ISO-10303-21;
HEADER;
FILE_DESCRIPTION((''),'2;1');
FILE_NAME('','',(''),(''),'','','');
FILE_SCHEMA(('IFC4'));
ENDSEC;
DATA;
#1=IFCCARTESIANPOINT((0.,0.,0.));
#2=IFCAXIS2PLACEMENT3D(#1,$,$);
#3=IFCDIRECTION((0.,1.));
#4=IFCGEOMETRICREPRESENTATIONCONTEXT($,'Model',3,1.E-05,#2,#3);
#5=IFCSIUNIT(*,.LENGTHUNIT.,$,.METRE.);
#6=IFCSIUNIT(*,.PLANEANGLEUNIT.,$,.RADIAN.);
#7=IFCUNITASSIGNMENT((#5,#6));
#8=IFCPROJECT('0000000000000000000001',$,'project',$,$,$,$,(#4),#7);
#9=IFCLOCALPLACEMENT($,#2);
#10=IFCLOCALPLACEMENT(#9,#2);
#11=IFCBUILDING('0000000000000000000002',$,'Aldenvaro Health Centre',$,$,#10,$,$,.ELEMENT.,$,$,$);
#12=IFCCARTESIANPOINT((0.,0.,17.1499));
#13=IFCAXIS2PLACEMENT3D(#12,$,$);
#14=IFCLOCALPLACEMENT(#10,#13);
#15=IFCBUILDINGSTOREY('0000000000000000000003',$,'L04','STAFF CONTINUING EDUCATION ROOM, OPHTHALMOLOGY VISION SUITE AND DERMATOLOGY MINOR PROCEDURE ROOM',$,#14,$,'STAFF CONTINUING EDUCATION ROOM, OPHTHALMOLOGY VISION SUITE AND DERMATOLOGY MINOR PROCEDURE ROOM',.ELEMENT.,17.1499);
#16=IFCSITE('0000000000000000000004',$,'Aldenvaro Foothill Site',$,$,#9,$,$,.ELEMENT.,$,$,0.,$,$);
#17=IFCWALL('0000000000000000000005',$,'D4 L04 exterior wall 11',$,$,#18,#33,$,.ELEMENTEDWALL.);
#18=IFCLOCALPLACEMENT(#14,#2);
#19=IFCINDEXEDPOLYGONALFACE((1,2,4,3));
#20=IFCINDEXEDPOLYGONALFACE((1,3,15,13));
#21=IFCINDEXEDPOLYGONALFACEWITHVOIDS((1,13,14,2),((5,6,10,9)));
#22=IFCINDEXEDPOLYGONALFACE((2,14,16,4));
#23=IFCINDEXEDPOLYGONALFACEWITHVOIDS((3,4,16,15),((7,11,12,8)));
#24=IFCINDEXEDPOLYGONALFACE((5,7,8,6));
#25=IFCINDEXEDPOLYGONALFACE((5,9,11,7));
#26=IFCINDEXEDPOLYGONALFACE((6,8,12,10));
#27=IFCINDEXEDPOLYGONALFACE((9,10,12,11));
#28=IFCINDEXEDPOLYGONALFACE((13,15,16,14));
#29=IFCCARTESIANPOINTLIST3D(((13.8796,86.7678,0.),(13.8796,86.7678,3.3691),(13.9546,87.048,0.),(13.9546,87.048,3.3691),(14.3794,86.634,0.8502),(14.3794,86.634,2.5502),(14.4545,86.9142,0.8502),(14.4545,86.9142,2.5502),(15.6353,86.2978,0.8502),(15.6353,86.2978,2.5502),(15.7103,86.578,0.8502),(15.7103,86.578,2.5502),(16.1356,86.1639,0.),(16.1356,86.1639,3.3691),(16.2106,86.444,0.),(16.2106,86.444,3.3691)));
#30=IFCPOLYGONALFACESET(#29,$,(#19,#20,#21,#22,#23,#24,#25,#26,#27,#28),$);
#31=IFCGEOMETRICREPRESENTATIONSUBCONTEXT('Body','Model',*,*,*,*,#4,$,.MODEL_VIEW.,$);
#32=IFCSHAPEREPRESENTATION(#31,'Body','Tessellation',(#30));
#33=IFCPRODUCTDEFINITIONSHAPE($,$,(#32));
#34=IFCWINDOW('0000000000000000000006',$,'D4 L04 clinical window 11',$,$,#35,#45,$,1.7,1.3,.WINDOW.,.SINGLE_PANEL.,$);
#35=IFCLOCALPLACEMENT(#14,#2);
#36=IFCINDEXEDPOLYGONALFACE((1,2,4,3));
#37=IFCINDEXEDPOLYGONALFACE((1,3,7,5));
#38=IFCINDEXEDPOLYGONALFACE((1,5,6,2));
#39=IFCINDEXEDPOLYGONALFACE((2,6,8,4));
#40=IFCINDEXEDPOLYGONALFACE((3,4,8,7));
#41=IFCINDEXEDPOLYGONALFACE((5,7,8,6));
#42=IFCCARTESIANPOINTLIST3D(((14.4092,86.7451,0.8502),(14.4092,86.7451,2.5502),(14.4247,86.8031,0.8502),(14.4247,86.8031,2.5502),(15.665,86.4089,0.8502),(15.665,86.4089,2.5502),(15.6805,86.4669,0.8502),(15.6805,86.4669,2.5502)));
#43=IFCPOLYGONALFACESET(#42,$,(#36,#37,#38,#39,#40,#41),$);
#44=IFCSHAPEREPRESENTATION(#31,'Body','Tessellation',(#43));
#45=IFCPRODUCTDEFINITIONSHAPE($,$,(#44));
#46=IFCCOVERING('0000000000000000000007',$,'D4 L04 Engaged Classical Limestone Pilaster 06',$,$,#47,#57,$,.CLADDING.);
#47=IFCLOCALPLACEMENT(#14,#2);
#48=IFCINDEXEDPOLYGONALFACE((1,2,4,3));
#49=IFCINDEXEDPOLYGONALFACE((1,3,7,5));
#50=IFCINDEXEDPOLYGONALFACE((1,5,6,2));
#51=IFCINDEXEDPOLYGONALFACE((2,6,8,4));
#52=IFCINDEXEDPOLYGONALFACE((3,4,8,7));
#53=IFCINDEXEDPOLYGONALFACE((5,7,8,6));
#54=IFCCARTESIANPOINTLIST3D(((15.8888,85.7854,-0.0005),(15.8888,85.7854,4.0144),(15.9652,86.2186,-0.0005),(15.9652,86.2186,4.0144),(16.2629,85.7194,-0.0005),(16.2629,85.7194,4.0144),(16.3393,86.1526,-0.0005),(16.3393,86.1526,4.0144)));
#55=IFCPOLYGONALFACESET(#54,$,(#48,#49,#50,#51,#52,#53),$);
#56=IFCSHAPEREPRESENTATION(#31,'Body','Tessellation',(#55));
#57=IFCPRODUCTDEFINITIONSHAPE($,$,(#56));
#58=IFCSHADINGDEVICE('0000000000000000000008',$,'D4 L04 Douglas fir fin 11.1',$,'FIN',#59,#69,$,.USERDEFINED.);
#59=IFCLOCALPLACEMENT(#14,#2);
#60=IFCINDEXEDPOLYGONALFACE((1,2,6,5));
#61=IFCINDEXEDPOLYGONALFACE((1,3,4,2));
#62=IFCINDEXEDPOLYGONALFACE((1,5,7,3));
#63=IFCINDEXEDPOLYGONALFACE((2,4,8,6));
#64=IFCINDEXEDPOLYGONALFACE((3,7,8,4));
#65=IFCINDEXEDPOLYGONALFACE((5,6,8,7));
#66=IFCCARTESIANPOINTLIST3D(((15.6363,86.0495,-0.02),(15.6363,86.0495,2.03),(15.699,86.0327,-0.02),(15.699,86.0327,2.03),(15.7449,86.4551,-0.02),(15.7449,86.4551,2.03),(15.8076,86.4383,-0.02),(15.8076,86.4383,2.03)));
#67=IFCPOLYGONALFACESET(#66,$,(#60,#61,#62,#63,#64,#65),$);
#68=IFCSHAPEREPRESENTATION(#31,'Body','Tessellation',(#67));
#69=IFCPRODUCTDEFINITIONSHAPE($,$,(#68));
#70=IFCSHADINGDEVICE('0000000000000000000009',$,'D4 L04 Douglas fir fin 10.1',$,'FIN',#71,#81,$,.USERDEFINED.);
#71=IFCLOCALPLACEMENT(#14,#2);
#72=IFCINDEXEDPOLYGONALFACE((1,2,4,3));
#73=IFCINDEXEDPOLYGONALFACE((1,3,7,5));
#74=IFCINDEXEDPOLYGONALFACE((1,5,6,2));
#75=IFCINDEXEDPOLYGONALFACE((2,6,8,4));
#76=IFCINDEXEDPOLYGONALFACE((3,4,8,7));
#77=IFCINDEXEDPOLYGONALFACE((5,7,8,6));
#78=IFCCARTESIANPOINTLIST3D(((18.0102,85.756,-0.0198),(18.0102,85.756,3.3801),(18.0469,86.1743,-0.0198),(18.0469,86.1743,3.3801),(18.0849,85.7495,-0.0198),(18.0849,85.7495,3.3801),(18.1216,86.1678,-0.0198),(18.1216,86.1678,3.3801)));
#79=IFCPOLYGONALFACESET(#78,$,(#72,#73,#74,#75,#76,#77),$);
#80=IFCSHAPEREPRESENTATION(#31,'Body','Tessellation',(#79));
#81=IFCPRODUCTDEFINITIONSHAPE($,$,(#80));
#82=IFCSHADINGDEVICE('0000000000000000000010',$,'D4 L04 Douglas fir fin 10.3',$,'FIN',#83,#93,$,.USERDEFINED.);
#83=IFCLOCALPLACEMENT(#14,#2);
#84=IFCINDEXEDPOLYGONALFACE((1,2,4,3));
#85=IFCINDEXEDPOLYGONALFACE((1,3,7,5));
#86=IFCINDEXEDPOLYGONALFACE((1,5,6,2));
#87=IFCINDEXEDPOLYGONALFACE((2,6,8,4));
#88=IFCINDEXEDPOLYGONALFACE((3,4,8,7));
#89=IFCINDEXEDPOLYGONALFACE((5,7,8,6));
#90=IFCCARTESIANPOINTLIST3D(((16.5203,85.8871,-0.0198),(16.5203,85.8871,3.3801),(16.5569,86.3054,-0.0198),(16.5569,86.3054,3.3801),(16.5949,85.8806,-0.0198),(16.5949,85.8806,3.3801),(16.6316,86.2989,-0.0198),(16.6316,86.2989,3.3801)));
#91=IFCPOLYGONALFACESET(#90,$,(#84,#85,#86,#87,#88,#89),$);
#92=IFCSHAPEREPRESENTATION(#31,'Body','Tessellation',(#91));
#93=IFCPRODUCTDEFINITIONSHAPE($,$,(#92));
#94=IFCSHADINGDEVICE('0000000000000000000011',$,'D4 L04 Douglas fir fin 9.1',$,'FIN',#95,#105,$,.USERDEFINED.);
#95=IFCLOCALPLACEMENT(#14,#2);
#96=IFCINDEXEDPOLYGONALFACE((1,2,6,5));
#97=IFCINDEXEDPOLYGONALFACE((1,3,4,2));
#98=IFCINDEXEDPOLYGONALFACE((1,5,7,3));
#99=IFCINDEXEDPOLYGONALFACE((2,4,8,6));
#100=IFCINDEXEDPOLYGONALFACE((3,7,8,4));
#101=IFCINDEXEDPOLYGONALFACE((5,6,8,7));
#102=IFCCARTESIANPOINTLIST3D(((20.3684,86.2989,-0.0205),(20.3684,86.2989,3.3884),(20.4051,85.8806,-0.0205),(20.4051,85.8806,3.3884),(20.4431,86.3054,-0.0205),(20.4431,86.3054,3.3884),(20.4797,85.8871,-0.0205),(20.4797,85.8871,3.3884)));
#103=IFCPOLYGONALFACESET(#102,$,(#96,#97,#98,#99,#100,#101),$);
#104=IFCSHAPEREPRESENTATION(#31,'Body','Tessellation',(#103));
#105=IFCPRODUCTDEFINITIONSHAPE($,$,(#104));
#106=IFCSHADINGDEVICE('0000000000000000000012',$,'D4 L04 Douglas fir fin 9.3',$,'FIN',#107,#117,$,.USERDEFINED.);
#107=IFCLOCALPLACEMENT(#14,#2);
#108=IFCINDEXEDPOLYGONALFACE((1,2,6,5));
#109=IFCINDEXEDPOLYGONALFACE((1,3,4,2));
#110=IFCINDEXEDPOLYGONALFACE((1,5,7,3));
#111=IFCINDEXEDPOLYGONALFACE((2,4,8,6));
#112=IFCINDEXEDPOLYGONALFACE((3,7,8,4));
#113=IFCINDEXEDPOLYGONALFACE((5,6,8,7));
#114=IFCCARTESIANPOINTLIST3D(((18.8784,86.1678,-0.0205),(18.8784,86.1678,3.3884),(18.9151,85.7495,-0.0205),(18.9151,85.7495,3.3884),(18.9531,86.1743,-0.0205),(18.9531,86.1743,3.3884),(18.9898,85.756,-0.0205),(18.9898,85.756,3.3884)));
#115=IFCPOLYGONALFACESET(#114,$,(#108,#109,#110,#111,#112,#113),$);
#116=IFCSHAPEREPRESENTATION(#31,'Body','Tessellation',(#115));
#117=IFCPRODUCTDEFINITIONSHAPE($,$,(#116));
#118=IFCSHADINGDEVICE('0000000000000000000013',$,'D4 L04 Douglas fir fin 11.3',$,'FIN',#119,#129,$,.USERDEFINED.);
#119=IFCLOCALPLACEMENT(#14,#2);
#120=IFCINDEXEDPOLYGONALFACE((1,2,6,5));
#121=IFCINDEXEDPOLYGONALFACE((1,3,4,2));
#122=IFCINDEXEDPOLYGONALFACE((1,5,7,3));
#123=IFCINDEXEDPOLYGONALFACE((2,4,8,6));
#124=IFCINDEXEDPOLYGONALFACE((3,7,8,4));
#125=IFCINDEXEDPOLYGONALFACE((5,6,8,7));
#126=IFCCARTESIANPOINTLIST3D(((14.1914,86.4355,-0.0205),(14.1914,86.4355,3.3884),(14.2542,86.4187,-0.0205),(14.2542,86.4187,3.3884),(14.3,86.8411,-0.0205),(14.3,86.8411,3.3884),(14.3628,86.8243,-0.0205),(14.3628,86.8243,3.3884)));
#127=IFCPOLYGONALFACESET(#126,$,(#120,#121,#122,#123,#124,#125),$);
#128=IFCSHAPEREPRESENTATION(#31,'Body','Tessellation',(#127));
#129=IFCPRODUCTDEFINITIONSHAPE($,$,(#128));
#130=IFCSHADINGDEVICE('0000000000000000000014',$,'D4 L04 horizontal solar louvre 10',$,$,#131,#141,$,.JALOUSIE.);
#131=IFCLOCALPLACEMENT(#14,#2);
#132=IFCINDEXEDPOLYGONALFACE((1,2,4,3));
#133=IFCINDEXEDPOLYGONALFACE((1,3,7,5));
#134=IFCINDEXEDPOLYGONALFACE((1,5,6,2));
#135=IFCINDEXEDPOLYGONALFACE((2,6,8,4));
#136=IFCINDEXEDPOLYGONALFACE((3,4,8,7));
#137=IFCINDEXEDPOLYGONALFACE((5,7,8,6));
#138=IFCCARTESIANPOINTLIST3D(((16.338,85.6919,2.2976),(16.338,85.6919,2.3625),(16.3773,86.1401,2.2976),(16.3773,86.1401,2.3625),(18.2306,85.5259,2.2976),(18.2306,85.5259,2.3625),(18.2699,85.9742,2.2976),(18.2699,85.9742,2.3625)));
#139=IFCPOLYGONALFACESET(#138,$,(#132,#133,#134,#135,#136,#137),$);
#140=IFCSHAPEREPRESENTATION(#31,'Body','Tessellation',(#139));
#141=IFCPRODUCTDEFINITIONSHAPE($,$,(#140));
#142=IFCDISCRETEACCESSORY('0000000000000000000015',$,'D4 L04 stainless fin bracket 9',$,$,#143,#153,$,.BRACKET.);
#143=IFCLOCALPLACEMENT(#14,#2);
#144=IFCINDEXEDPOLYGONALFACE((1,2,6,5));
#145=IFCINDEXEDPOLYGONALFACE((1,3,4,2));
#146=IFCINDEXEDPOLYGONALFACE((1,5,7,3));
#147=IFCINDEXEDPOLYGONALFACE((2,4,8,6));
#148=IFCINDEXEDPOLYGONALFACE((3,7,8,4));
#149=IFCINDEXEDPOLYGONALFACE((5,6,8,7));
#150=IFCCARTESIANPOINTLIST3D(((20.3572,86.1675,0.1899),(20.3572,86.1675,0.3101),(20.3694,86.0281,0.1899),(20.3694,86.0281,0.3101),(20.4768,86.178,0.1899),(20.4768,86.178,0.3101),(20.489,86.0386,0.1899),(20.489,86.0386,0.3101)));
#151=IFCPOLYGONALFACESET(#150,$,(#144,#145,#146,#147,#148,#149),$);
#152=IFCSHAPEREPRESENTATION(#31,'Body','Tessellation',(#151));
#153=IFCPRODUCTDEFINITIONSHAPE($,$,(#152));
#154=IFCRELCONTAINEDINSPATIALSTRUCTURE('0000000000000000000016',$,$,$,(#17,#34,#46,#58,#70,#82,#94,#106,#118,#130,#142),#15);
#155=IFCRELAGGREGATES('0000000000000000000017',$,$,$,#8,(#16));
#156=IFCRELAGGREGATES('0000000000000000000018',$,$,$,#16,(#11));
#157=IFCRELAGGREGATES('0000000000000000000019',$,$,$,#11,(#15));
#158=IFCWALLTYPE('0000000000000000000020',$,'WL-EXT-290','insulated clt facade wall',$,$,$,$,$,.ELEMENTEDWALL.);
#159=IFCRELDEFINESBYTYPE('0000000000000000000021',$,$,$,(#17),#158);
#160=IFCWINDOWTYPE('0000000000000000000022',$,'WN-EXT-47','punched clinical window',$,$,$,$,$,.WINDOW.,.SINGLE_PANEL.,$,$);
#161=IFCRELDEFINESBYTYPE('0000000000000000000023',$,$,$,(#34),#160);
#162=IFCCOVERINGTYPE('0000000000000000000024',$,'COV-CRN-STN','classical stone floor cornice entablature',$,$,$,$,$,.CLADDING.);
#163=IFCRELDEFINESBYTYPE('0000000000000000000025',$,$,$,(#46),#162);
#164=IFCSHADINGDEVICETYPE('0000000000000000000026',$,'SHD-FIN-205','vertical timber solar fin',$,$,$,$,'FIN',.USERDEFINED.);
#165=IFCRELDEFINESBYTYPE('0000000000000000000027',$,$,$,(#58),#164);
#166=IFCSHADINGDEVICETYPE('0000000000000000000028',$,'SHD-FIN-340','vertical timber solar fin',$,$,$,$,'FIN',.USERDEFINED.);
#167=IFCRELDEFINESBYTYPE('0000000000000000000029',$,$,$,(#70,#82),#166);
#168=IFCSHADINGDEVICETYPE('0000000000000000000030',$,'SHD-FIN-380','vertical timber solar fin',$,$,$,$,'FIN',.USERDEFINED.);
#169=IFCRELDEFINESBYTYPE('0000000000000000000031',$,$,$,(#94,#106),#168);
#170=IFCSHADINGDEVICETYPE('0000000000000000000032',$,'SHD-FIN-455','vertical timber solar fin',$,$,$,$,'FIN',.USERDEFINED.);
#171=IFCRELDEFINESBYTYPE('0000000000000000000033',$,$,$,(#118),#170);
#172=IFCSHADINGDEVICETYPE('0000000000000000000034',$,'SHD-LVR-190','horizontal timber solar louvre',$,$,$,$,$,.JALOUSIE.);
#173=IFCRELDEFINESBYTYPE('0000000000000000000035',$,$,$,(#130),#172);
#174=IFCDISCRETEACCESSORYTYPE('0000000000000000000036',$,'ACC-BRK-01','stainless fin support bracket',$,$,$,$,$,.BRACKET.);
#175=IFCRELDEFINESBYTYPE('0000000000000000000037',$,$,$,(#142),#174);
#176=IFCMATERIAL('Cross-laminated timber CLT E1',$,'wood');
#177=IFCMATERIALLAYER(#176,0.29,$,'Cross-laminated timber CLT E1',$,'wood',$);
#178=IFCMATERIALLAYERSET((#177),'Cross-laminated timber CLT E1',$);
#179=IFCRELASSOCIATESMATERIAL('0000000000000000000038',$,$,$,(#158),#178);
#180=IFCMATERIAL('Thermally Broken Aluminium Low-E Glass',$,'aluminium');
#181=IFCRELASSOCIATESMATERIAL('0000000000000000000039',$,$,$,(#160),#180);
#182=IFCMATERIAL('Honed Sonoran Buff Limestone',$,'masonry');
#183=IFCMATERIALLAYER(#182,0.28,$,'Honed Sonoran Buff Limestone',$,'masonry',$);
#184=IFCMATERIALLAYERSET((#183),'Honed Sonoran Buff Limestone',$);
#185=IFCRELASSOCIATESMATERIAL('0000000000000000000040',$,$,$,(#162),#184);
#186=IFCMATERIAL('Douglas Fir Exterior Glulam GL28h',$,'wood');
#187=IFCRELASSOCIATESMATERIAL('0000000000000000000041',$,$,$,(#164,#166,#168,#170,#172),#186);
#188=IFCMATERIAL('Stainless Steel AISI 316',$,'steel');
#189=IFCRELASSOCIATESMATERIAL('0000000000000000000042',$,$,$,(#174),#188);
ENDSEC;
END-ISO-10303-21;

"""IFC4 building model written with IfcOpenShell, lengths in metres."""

from ifc_helpers import new_model, si_unit, direction, frame, frame_2d, origin, origin_2d, place, context, subcontext, project, spatial, rectangle, extrude, material, layer, layer_set, type_object, element, fill, save


model = new_model("IFC4")

# Units and contexts
model_context = context("Model", 3, precision=1e-05, world=origin(), true_north=direction((0.0, 1.0)))
body_context = subcontext(model_context, "Body", "Model", "MODEL_VIEW")
ifc_project = project(units=[si_unit("LENGTHUNIT", "METRE"), si_unit("PLANEANGLEUNIT", "RADIAN")], contexts=[model_context])

# Site, building, storey
site_placement = place(None, origin())
site = spatial("IfcSite", under=ifc_project, at=site_placement, Name="Aldenvaro Foothill Site", CompositionType="ELEMENT", RefElevation=0.0)
building_placement = place(site_placement, origin())
building = spatial("IfcBuilding", under=site, at=building_placement, Name="Aldenvaro Health Centre", CompositionType="ELEMENT")
storey_placement = place(building_placement, frame((0.0, 0.0, 17.1499)))
storey = spatial("IfcBuildingStorey", under=building, at=storey_placement, Name="L04", Description="STAFF CONTINUING EDUCATION ROOM, OPHTHALMOLOGY VISION SUITE AND DERMATOLOGY MINOR PROCEDURE ROOM", LongName="STAFF CONTINUING EDUCATION ROOM, OPHTHALMOLOGY VISION SUITE AND DERMATOLOGY MINOR PROCEDURE ROOM", CompositionType="ELEMENT", Elevation=17.1499)

# Wall, opening, window
ifc_material_1 = material(Name="Cross-laminated timber CLT E1", Category="wood")
ifc_layer_1 = layer(ifc_material_1, 0.29, Name="Cross-laminated timber CLT E1", Category="wood")
ifc_layer_set_1 = layer_set([ifc_layer_1], Name="Cross-laminated timber CLT E1")
wall_type = type_object("IfcWallType", Name="WL-EXT-290", Description="insulated clt facade wall", PredefinedType="ELEMENTEDWALL", material=ifc_layer_set_1)
ifc_material_2 = material(Name="Thermally Broken Aluminium Low-E Glass", Category="aluminium")
wall_1_placement = place(storey_placement, frame((16.1731, 86.304, 0.0), z_axis=(0.0, 0.0, 1.0), x_axis=(-0.965981, 0.258612, 0.0)))
wall_1 = element("IfcWall", 1, at=wall_1_placement, inside=storey, type_object=wall_type, Name="D4 L04 exterior wall 11", PredefinedType="ELEMENTEDWALL", context=body_context, shape_type="SweptSolid", body=[
    extrude(rectangle(XDim=2.3354, YDim=0.29, at=frame_2d((1.1677, 0.0))), origin(), (0.0, 0.0, 1.0), 3.3691),
])
opening_1_placement = place(wall_1_placement, frame((0.5181, 0.0, 0.8501)))
opening_1 = element("IfcOpeningElement", 2, at=opening_1_placement, cuts=wall_1, PredefinedType="OPENING", context=body_context, shape_type="SweptSolid", body=[
    extrude(rectangle(XDim=1.3, YDim=1.7, at=frame_2d((0.6499, 0.8501))), frame((0.0, 0.155, 0.0), z_axis=(0.0, -1.0, 0.0), x_axis=(1.0, 0.0, 0.0)), (0.0, 0.0, 1.0), 0.3101),
])
window_type_1 = type_object("IfcWindowType", Name="WN-EXT-47", Description="punched clinical window", PartitioningType="SINGLE_PANEL", PredefinedType="WINDOW", material=ifc_material_2)
window_1_placement = place(opening_1_placement, origin())
window_1 = element("IfcWindow", 3, at=window_1_placement, inside=storey, type_object=window_type_1, Name="D4 L04 clinical window 11", OverallHeight=1.7, OverallWidth=1.3, PartitioningType="SINGLE_PANEL", PredefinedType="WINDOW", context=body_context, shape_type="SweptSolid", body=[
    extrude(rectangle(XDim=1.3, YDim=1.7, at=frame_2d((0.6499, 0.8501))), frame((0.0, 0.03, 0.0), z_axis=(0.0, -1.0, 0.0), x_axis=(1.0, 0.0, 0.0)), (0.0, 0.0, 1.0), 0.0601),
])
fill(opening_1, window_1)

# Covering
ifc_material_3 = material(Name="Honed Sonoran Buff Limestone", Category="masonry")
ifc_layer_2 = layer(ifc_material_3, 0.28, Name="Honed Sonoran Buff Limestone", Category="masonry")
ifc_layer_set_2 = layer_set([ifc_layer_2], Name="Honed Sonoran Buff Limestone")
covering_type = type_object("IfcCoveringType", Name="COV-CRN-STN", Description="classical stone floor cornice entablature", PredefinedType="CLADDING", material=ifc_layer_set_2)
covering_placement = place(storey_placement, frame((16.114, 85.969, -0.0005), z_axis=(0.0, 0.0, 1.0), x_axis=(-0.173662, -0.984805, 0.0)))
element("IfcCovering", 4, at=covering_placement, inside=storey, type_object=covering_type, Name="D4 L04 Engaged Classical Limestone Pilaster 06", PredefinedType="CLADDING", context=body_context, shape_type="SweptSolid", body=[
    extrude(rectangle(XDim=0.4399, YDim=0.3799, at=origin_2d()), origin(), (0.0, 0.0, 1.0), 4.0149),
])

# Shading devices
ifc_material_4 = material(Name="Douglas Fir Exterior Glulam GL28h", Category="wood")
shading_device_type_1 = type_object("IfcShadingDeviceType", Name="SHD-FIN-205", Description="vertical timber solar fin", ElementType="FIN", PredefinedType="USERDEFINED", material=ifc_material_4)
shading_device_1_placement = place(storey_placement, frame((15.7219, 86.2439, -0.02), z_axis=(0.0, 0.0, 1.0), x_axis=(-0.965979, 0.258622, 0.0)))
element("IfcShadingDevice", 5, at=shading_device_1_placement, inside=storey, type_object=shading_device_type_1, Name="D4 L04 Douglas fir fin 11.1", ObjectType="FIN", PredefinedType="USERDEFINED", context=body_context, shape_type="SweptSolid", body=[
    extrude(rectangle(XDim=0.0649, YDim=0.4199, at=origin_2d()), origin(), (0.0, 0.0, 1.0), 2.05),
])
shading_device_type_2 = type_object("IfcShadingDeviceType", Name="SHD-FIN-340", Description="vertical timber solar fin", ElementType="FIN", PredefinedType="USERDEFINED", material=ifc_material_4)
for number, where, z_axis, x_axis, name in (
    (6, (18.0659, 85.9619, -0.0198), (0.0, 0.0, 1.0), (-0.996179, 0.087332, 0.0), "D4 L04 Douglas fir fin 10.1"),
    (7, (16.5759, 86.093, -0.0198), (0.0, 0.0, 1.0), (-0.996179, 0.087332, 0.0), "D4 L04 Douglas fir fin 10.3"),
):
    element("IfcShadingDevice", number, at=place(storey_placement, frame(where, z_axis=z_axis, x_axis=x_axis)), inside=storey, type_object=shading_device_type_2, Name=name, ObjectType="FIN", PredefinedType="USERDEFINED", context=body_context, shape_type="SweptSolid", body=[
        extrude(rectangle(XDim=0.075, YDim=0.4199, at=origin_2d()), origin(), (0.0, 0.0, 1.0), 3.3999),
    ])
shading_device_type_3 = type_object("IfcShadingDeviceType", Name="SHD-FIN-380", Description="vertical timber solar fin", ElementType="FIN", PredefinedType="USERDEFINED", material=ifc_material_4)
for number, where, z_axis, x_axis, name in (
    (8, (20.4241, 86.093, -0.0205), (0.0, 0.0, 1.0), (-0.996179, -0.087332, 0.0), "D4 L04 Douglas fir fin 9.1"),
    (9, (18.9341, 85.9619, -0.0205), (0.0, 0.0, 1.0), (-0.996179, -0.087332, 0.0), "D4 L04 Douglas fir fin 9.3"),
):
    element("IfcShadingDevice", number, at=place(storey_placement, frame(where, z_axis=z_axis, x_axis=x_axis)), inside=storey, type_object=shading_device_type_3, Name=name, ObjectType="FIN", PredefinedType="USERDEFINED", context=body_context, shape_type="SweptSolid", body=[
        extrude(rectangle(XDim=0.075, YDim=0.4199, at=origin_2d()), origin(), (0.0, 0.0, 1.0), 3.4089),
    ])
shading_device_type_4 = type_object("IfcShadingDeviceType", Name="SHD-FIN-455", Description="vertical timber solar fin", ElementType="FIN", PredefinedType="USERDEFINED", material=ifc_material_4)
shading_device_2_placement = place(storey_placement, frame((14.2771, 86.6299, -0.0205), z_axis=(0.0, 0.0, 1.0), x_axis=(-0.965979, 0.258622, 0.0)))
element("IfcShadingDevice", 10, at=shading_device_2_placement, inside=storey, type_object=shading_device_type_4, Name="D4 L04 Douglas fir fin 11.3", ObjectType="FIN", PredefinedType="USERDEFINED", context=body_context, shape_type="SweptSolid", body=[
    extrude(rectangle(XDim=0.0649, YDim=0.4199, at=origin_2d()), origin(), (0.0, 0.0, 1.0), 3.4089),
])
shading_device_type_5 = type_object("IfcShadingDeviceType", Name="SHD-LVR-190", Description="horizontal timber solar louvre", PredefinedType="JALOUSIE", material=ifc_material_4)
shading_device_3_placement = place(storey_placement, frame((17.304, 85.833, 2.2976), z_axis=(0.0, 0.0, 1.0), x_axis=(-0.996179, 0.087332, 0.0)))
element("IfcShadingDevice", 11, at=shading_device_3_placement, inside=storey, type_object=shading_device_type_5, Name="D4 L04 horizontal solar louvre 10", PredefinedType="JALOUSIE", context=body_context, shape_type="SweptSolid", body=[
    extrude(rectangle(XDim=1.8999, YDim=0.45, at=origin_2d()), origin(), (0.0, 0.0, 1.0), 0.0649),
])

# Discrete accessory
ifc_material_5 = material(Name="Stainless Steel AISI 316", Category="steel")
discrete_accessory_type = type_object("IfcDiscreteAccessoryType", Name="ACC-BRK-01", Description="stainless fin support bracket", PredefinedType="BRACKET", material=ifc_material_5)
discrete_accessory_placement = place(storey_placement, frame((20.4231, 86.103, 0.1899), z_axis=(0.0, 0.0, 1.0), x_axis=(-0.996179, -0.087332, 0.0)))
element("IfcDiscreteAccessory", 12, at=discrete_accessory_placement, inside=storey, type_object=discrete_accessory_type, Name="D4 L04 stainless fin bracket 9", PredefinedType="BRACKET", context=body_context, shape_type="SweptSolid", body=[
    extrude(rectangle(XDim=0.1201, YDim=0.1399, at=origin_2d()), origin(), (0.0, 0.0, 1.0), 0.1201),
])

save(model, "model.ifc")
